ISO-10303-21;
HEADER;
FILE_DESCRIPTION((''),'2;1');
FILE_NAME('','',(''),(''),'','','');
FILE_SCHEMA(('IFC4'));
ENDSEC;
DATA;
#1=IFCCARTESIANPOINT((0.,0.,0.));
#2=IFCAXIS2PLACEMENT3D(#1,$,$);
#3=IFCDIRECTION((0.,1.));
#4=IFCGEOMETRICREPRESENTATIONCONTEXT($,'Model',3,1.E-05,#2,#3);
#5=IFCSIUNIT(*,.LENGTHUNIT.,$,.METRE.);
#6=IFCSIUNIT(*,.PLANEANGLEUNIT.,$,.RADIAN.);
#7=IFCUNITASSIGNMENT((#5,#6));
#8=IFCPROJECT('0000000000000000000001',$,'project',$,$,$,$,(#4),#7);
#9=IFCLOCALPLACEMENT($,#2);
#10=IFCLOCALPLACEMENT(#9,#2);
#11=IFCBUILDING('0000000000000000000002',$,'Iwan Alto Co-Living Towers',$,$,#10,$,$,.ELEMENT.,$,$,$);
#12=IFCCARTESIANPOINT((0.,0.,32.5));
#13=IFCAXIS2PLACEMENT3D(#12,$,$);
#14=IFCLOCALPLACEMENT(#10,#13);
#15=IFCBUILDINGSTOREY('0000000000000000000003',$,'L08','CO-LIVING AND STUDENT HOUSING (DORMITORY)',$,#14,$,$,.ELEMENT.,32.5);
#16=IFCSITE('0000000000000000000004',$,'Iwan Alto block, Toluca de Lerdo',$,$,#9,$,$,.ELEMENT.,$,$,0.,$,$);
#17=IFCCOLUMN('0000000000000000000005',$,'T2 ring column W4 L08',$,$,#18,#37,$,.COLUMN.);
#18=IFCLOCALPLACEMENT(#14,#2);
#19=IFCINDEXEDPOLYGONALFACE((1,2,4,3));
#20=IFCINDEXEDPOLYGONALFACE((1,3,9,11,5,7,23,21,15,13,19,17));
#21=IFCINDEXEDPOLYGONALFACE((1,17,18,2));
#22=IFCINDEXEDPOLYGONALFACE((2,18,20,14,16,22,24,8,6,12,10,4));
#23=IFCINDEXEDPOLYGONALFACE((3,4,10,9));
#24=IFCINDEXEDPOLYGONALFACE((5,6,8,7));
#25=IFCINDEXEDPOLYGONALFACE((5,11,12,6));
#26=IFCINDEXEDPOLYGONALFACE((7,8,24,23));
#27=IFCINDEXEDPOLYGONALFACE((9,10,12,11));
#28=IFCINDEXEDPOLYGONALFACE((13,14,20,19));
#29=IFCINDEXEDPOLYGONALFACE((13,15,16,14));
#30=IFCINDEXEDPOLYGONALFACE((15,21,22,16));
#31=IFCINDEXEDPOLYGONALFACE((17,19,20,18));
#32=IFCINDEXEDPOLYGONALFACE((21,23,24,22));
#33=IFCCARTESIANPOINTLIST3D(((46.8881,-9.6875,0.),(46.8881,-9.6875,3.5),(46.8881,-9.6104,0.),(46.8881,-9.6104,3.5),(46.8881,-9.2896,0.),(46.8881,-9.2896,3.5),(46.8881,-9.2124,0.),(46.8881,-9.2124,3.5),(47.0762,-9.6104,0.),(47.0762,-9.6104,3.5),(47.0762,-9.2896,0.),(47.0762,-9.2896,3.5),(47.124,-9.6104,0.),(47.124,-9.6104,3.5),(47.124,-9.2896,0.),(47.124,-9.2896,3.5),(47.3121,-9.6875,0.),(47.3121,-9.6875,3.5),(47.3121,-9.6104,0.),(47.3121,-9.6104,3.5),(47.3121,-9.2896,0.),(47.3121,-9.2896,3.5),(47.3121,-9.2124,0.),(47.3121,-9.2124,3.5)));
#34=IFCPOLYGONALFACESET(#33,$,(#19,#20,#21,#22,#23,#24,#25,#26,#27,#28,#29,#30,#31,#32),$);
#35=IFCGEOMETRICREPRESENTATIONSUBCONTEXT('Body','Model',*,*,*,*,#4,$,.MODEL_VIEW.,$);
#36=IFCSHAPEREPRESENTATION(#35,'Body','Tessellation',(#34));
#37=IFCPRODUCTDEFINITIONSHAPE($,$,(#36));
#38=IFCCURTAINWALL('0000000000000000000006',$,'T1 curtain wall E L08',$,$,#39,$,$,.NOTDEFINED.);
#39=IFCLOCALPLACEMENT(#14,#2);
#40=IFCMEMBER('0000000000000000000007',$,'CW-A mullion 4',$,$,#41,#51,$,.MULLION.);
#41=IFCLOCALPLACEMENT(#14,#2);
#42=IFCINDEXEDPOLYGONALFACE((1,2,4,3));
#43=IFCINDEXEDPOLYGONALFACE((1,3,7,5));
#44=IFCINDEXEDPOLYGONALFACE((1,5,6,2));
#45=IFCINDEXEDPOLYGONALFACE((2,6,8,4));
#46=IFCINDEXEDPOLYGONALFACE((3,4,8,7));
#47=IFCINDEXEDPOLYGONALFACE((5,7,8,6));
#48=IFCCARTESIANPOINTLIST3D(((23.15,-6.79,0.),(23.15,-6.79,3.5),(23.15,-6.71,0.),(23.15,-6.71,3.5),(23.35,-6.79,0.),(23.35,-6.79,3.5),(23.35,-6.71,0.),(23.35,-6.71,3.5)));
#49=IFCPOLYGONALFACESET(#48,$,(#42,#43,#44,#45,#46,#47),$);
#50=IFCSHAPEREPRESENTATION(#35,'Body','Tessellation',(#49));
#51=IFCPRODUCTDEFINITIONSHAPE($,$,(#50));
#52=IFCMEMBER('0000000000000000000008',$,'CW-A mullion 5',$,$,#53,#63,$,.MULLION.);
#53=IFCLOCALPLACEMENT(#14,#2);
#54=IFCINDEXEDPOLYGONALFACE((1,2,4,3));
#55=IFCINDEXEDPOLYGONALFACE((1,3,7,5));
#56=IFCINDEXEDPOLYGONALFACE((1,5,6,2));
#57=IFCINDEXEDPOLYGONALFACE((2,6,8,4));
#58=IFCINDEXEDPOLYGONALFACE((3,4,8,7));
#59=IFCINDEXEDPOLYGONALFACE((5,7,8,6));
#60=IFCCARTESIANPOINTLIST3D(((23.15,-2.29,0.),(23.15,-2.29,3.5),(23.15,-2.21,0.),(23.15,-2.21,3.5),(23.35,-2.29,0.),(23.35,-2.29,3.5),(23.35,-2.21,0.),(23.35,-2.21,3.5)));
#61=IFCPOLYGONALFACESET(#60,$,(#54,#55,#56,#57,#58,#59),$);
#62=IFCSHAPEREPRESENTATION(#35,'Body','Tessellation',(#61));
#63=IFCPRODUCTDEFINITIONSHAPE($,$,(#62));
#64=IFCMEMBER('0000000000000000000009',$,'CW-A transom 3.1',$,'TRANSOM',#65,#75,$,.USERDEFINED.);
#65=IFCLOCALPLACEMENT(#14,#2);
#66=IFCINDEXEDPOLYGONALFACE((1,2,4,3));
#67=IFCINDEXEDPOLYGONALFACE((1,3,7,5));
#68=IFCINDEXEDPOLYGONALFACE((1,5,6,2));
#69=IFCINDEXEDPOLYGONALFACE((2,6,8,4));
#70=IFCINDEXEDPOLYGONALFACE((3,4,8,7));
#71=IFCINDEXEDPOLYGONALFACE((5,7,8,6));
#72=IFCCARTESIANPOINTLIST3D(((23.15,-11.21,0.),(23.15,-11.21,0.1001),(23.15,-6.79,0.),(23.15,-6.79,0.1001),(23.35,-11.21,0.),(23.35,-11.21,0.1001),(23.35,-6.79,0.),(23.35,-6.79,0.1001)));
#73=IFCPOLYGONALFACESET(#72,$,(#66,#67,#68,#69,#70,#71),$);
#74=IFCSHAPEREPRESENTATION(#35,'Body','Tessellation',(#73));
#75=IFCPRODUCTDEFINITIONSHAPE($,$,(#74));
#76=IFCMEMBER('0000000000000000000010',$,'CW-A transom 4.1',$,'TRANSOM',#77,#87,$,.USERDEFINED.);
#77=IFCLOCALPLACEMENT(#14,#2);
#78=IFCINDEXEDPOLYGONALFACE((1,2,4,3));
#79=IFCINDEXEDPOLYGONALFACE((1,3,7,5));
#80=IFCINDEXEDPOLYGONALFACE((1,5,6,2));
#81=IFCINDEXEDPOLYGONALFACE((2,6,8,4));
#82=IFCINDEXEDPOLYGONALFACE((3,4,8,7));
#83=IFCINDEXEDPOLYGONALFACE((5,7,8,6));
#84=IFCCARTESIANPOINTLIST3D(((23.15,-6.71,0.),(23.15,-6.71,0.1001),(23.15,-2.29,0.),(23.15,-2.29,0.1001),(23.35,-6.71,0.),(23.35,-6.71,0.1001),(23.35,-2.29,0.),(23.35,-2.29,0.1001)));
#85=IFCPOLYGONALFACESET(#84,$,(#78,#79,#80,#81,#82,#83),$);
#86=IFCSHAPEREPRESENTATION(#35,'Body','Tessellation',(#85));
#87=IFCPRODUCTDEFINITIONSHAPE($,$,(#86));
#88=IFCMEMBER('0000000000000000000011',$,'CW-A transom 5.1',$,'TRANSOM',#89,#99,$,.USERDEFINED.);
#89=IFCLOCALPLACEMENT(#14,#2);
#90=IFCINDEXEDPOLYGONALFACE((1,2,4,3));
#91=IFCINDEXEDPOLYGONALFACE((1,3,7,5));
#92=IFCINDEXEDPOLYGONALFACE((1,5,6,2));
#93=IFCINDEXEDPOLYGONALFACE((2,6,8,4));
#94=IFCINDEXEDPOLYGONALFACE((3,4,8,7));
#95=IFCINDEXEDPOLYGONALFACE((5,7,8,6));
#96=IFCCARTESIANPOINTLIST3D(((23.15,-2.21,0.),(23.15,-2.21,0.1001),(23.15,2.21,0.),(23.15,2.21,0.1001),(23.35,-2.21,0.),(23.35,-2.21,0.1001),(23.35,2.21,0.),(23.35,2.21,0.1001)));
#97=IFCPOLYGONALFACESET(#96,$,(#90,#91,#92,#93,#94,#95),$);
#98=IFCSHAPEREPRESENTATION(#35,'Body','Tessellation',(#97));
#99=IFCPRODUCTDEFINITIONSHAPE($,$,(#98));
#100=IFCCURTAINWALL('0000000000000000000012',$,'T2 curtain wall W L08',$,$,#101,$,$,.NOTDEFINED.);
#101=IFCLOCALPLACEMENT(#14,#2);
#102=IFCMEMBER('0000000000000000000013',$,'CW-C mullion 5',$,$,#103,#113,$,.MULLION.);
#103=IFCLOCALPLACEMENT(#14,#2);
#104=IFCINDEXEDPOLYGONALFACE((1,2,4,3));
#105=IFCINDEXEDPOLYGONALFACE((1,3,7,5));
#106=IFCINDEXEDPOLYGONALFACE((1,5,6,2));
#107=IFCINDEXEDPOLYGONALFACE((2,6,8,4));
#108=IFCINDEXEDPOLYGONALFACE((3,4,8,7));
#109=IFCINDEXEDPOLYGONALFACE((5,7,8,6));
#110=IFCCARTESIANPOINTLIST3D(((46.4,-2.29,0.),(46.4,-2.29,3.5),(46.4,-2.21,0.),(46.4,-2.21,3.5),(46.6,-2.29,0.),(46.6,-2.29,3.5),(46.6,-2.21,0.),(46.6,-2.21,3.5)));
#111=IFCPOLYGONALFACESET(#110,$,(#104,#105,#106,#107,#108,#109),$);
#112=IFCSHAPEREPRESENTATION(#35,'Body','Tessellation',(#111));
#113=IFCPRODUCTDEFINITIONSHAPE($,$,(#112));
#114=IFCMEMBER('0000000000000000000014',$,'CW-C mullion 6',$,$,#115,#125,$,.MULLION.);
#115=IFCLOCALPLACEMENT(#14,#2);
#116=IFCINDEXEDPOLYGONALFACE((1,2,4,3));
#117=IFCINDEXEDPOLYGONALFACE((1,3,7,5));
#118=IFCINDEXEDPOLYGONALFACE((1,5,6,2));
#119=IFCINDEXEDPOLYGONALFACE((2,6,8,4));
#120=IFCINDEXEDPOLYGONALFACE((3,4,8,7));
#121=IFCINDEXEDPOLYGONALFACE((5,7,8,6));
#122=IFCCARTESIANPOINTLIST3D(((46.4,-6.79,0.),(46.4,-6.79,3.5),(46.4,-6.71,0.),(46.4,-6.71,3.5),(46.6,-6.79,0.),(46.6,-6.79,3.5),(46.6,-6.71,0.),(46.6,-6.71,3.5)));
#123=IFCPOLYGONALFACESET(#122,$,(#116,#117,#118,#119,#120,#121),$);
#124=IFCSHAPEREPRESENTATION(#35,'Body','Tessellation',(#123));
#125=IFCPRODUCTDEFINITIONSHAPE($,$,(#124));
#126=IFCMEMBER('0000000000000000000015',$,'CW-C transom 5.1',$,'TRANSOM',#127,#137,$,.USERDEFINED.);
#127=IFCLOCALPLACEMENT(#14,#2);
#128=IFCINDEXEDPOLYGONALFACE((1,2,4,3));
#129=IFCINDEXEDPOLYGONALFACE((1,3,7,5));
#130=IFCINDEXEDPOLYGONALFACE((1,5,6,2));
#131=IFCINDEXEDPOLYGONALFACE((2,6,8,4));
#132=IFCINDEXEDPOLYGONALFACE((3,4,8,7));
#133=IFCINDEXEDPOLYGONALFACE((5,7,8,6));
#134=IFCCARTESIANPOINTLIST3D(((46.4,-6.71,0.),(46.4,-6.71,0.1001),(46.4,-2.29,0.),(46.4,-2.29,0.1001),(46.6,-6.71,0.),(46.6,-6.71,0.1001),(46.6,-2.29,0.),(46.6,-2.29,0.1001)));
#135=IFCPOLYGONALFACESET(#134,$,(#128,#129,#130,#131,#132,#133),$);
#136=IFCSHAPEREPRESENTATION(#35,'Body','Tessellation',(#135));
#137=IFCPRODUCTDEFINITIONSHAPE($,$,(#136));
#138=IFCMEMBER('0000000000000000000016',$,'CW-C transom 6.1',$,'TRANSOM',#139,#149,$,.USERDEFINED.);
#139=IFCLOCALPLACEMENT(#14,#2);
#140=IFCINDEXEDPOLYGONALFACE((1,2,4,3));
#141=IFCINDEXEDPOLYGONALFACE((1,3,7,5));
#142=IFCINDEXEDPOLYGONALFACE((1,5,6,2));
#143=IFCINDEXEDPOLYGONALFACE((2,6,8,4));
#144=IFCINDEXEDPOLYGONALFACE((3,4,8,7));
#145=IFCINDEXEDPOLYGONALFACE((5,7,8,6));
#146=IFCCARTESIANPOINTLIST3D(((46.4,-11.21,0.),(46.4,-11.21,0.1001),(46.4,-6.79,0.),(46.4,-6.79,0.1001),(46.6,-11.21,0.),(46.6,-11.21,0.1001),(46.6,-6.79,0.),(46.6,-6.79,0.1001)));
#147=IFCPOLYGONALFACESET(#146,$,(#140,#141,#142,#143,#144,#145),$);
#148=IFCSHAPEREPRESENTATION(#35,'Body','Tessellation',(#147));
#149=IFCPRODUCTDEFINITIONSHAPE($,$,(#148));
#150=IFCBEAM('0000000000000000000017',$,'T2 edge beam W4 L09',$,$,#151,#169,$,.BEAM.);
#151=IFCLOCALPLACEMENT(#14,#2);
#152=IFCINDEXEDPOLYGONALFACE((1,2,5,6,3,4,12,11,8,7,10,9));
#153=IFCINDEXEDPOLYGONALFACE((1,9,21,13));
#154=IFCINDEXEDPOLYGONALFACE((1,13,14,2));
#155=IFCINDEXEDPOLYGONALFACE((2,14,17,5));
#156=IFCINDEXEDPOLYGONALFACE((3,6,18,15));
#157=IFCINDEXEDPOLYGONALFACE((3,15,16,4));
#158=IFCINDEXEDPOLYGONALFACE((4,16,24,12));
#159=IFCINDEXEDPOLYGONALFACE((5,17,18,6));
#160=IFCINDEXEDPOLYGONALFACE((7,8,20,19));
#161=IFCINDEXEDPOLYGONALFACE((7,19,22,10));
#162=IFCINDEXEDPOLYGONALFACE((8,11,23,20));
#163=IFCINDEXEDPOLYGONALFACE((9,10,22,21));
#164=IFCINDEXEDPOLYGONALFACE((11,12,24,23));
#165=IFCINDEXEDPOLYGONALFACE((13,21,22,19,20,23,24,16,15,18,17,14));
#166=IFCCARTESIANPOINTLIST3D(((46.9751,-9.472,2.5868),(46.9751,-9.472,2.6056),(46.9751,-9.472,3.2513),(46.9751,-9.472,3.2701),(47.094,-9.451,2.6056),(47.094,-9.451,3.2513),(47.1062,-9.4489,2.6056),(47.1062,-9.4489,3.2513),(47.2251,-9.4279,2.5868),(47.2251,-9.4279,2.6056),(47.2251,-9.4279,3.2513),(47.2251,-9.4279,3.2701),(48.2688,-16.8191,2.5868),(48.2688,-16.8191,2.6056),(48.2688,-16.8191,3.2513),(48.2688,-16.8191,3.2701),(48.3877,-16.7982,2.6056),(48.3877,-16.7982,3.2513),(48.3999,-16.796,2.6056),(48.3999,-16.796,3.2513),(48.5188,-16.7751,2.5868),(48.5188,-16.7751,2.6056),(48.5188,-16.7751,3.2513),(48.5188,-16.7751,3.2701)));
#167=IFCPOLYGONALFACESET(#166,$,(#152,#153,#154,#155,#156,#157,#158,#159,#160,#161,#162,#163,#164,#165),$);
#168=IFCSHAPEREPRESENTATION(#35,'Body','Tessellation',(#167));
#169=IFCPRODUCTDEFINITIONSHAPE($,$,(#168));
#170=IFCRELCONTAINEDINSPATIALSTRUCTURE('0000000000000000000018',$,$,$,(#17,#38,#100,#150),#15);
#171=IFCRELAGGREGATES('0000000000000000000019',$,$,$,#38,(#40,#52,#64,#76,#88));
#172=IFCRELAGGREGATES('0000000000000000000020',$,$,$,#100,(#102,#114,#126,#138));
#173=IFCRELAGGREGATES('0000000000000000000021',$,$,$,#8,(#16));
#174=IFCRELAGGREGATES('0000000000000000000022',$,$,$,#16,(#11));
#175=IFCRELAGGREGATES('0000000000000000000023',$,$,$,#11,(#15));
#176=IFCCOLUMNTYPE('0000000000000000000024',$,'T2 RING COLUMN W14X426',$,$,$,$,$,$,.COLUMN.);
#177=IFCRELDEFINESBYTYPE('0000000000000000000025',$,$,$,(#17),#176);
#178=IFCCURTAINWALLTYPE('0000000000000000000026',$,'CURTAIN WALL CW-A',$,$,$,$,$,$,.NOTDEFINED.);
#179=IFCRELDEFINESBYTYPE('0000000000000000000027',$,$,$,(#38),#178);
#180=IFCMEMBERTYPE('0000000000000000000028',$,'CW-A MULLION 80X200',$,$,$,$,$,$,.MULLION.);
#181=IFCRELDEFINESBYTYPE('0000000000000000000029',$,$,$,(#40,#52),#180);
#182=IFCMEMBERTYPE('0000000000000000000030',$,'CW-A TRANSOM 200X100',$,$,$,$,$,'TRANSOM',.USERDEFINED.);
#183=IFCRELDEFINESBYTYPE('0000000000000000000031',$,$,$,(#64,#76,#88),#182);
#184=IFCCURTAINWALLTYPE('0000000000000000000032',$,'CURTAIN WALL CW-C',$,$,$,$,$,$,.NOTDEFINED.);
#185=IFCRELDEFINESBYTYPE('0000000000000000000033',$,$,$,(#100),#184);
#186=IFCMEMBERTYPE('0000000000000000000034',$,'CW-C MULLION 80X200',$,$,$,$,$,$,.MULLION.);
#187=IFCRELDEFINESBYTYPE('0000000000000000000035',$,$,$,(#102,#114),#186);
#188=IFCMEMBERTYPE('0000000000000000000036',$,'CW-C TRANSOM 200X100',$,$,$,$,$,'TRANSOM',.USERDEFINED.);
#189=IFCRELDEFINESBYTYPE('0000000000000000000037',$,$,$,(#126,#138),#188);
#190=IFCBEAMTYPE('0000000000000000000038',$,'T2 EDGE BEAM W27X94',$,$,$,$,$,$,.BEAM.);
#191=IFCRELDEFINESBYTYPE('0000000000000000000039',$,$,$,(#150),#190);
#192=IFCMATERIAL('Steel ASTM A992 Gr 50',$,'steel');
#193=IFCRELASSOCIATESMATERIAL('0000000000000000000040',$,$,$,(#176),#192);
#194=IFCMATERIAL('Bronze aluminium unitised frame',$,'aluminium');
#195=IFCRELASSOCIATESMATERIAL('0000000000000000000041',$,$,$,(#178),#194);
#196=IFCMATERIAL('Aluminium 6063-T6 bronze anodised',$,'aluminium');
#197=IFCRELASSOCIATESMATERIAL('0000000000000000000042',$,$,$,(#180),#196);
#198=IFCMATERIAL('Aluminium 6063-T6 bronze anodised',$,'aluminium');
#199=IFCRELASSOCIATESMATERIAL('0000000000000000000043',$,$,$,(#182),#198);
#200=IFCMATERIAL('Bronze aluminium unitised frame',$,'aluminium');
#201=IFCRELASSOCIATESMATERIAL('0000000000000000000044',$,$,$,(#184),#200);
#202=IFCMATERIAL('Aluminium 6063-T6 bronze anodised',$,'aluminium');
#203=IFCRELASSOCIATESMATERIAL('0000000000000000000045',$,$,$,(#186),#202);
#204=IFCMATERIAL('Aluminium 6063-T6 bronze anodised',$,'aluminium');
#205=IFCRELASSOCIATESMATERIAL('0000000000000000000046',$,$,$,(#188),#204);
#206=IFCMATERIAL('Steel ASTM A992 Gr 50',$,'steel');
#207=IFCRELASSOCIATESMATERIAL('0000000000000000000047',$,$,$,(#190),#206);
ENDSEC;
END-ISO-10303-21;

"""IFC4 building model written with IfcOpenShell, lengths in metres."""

from ifc_helpers import new_model, si_unit, direction, frame, origin, origin_2d, place, context, subcontext, project, spatial, rectangle, i_section, extrude, material, material_profile, profile_set, type_object, element, aggregate, save


model = new_model("IFC4")

# Units and contexts
model_context = context("Model", 3, precision=1e-05, world=origin(), true_north=direction((0.0, 1.0)))
body_context = subcontext(model_context, "Body", "Model", "MODEL_VIEW")
ifc_project = project(units=[si_unit("LENGTHUNIT", "METRE"), si_unit("PLANEANGLEUNIT", "RADIAN")], contexts=[model_context])

# Site, building, storey
site_placement = place(None, origin())
site = spatial("IfcSite", under=ifc_project, at=site_placement, Name="Iwan Alto block, Toluca de Lerdo", CompositionType="ELEMENT", RefElevation=0.0)
building_placement = place(site_placement, origin())
building = spatial("IfcBuilding", under=site, at=building_placement, Name="Iwan Alto Co-Living Towers", CompositionType="ELEMENT")
storey_placement = place(building_placement, frame((0.0, 0.0, 32.5)))
storey = spatial("IfcBuildingStorey", under=building, at=storey_placement, Name="L08", Description="CO-LIVING AND STUDENT HOUSING (DORMITORY)", CompositionType="ELEMENT", Elevation=32.5)

# Column
ifc_material_1 = material(Name="Steel ASTM A992 Gr 50", Category="steel")
ifc_material_profile_1 = material_profile(ifc_material_1, i_section(OverallWidth=0.4241, OverallDepth=0.4751, WebThickness=0.0479, FlangeThickness=0.0771, at=origin_2d()), Name="W14X426")
ifc_profile_set_1 = profile_set([ifc_material_profile_1], Name="Steel ASTM A992 Gr 50")
column_type = type_object("IfcColumnType", Name="T2 RING COLUMN W14X426", PredefinedType="COLUMN", material=ifc_profile_set_1)
column_placement = place(storey_placement, frame((47.1001, -9.45, 0.0), z_axis=(0.0, 0.0, 1.0), x_axis=(1.0, 0.0, 0.0)))
element("IfcColumn", 1, at=column_placement, inside=storey, type_object=column_type, Name="T2 ring column W4 L08", PredefinedType="COLUMN", context=body_context, shape_type="SweptSolid", body=[
    extrude(i_section(OverallWidth=0.4241, OverallDepth=0.4751, WebThickness=0.0479, FlangeThickness=0.0771, at=origin_2d()), origin(), (0.0, 0.0, 1.0), 3.5),
])

# Curtain walls, members
ifc_material_2 = material(Name="Bronze aluminium unitised frame", Category="aluminium")
curtain_wall_type_1 = type_object("IfcCurtainWallType", Name="CURTAIN WALL CW-A", PredefinedType="NOTDEFINED", material=ifc_material_2)
curtain_wall_1_placement = place(storey_placement, origin())
curtain_wall_1 = element("IfcCurtainWall", 2, at=curtain_wall_1_placement, inside=storey, type_object=curtain_wall_type_1, Name="T1 curtain wall E L08", PredefinedType="NOTDEFINED")
ifc_material_3 = material(Name="Aluminium 6063-T6 bronze anodised", Category="aluminium")
ifc_material_profile_2 = material_profile(ifc_material_3, rectangle(XDim=0.2, YDim=0.0801, at=origin_2d()), Name="AL 80X200")
ifc_profile_set_2 = profile_set([ifc_material_profile_2], Name="Aluminium 6063-T6 bronze anodised")
member_type_1 = type_object("IfcMemberType", Name="CW-A MULLION 80X200", PredefinedType="MULLION", material=ifc_profile_set_2)
member_1_placement = place(storey_placement, frame((23.25, -6.75, 0.0), z_axis=(0.0, 0.0, 1.0), x_axis=(-1.0, 0.0, 0.0)))
member_1 = element("IfcMember", 3, at=member_1_placement, type_object=member_type_1, Name="CW-A mullion 4", PredefinedType="MULLION", context=body_context, shape_type="SweptSolid", body=[
    extrude(rectangle(XDim=0.2, YDim=0.0801, at=origin_2d()), origin(), (0.0, 0.0, 1.0), 3.5),
])
member_2_placement = place(storey_placement, frame((23.25, -2.25, 0.0), z_axis=(0.0, 0.0, 1.0), x_axis=(-1.0, 0.0, 0.0)))
member_2 = element("IfcMember", 4, at=member_2_placement, type_object=member_type_1, Name="CW-A mullion 5", PredefinedType="MULLION", context=body_context, shape_type="SweptSolid", body=[
    extrude(rectangle(XDim=0.2, YDim=0.0801, at=origin_2d()), origin(), (0.0, 0.0, 1.0), 3.5),
])
ifc_material_4 = material(Name="Aluminium 6063-T6 bronze anodised", Category="aluminium")
ifc_material_profile_3 = material_profile(ifc_material_4, rectangle(XDim=0.2, YDim=0.1001, at=origin_2d()), Name="AL 200X100")
ifc_profile_set_3 = profile_set([ifc_material_profile_3], Name="Aluminium 6063-T6 bronze anodised")
member_type_2 = type_object("IfcMemberType", Name="CW-A TRANSOM 200X100", ElementType="TRANSOM", PredefinedType="USERDEFINED", material=ifc_profile_set_3)
member_3_placement = place(storey_placement, frame((23.25, -11.21, 0.05), z_axis=(0.0, 1.0, 0.0), x_axis=(-1.0, 0.0, 0.0)))
member_3 = element("IfcMember", 5, at=member_3_placement, type_object=member_type_2, Name="CW-A transom 3.1", ObjectType="TRANSOM", PredefinedType="USERDEFINED", context=body_context, shape_type="SweptSolid", body=[
    extrude(rectangle(XDim=0.2, YDim=0.1001, at=origin_2d()), origin(), (0.0, 0.0, 1.0), 4.4199),
])
member_4_placement = place(storey_placement, frame((23.25, -6.71, 0.05), z_axis=(0.0, 1.0, 0.0), x_axis=(-1.0, 0.0, 0.0)))
member_4 = element("IfcMember", 6, at=member_4_placement, type_object=member_type_2, Name="CW-A transom 4.1", ObjectType="TRANSOM", PredefinedType="USERDEFINED", context=body_context, shape_type="SweptSolid", body=[
    extrude(rectangle(XDim=0.2, YDim=0.1001, at=origin_2d()), origin(), (0.0, 0.0, 1.0), 4.4199),
])
member_5_placement = place(storey_placement, frame((23.25, -2.21, 0.05), z_axis=(0.0, 1.0, 0.0), x_axis=(-1.0, 0.0, 0.0)))
member_5 = element("IfcMember", 7, at=member_5_placement, type_object=member_type_2, Name="CW-A transom 5.1", ObjectType="TRANSOM", PredefinedType="USERDEFINED", context=body_context, shape_type="SweptSolid", body=[
    extrude(rectangle(XDim=0.2, YDim=0.1001, at=origin_2d()), origin(), (0.0, 0.0, 1.0), 4.4199),
])
ifc_material_5 = material(Name="Bronze aluminium unitised frame", Category="aluminium")
curtain_wall_type_2 = type_object("IfcCurtainWallType", Name="CURTAIN WALL CW-C", PredefinedType="NOTDEFINED", material=ifc_material_5)
curtain_wall_2_placement = place(storey_placement, origin())
curtain_wall_2 = element("IfcCurtainWall", 8, at=curtain_wall_2_placement, inside=storey, type_object=curtain_wall_type_2, Name="T2 curtain wall W L08", PredefinedType="NOTDEFINED")
ifc_material_6 = material(Name="Aluminium 6063-T6 bronze anodised", Category="aluminium")
ifc_material_profile_4 = material_profile(ifc_material_6, rectangle(XDim=0.2, YDim=0.0801, at=origin_2d()), Name="AL 80X200")
ifc_profile_set_4 = profile_set([ifc_material_profile_4], Name="Aluminium 6063-T6 bronze anodised")
member_type_3 = type_object("IfcMemberType", Name="CW-C MULLION 80X200", PredefinedType="MULLION", material=ifc_profile_set_4)
member_6_placement = place(storey_placement, frame((46.5, -2.25, 0.0), z_axis=(0.0, 0.0, 1.0), x_axis=(1.0, 0.0, 0.0)))
member_6 = element("IfcMember", 9, at=member_6_placement, type_object=member_type_3, Name="CW-C mullion 5", PredefinedType="MULLION", context=body_context, shape_type="SweptSolid", body=[
    extrude(rectangle(XDim=0.2, YDim=0.0801, at=origin_2d()), origin(), (0.0, 0.0, 1.0), 3.5),
])
member_7_placement = place(storey_placement, frame((46.5, -6.75, 0.0), z_axis=(0.0, 0.0, 1.0), x_axis=(1.0, 0.0, 0.0)))
member_7 = element("IfcMember", 10, at=member_7_placement, type_object=member_type_3, Name="CW-C mullion 6", PredefinedType="MULLION", context=body_context, shape_type="SweptSolid", body=[
    extrude(rectangle(XDim=0.2, YDim=0.0801, at=origin_2d()), origin(), (0.0, 0.0, 1.0), 3.5),
])
ifc_material_7 = material(Name="Aluminium 6063-T6 bronze anodised", Category="aluminium")
ifc_material_profile_5 = material_profile(ifc_material_7, rectangle(XDim=0.2, YDim=0.1001, at=origin_2d()), Name="AL 200X100")
ifc_profile_set_5 = profile_set([ifc_material_profile_5], Name="Aluminium 6063-T6 bronze anodised")
member_type_4 = type_object("IfcMemberType", Name="CW-C TRANSOM 200X100", ElementType="TRANSOM", PredefinedType="USERDEFINED", material=ifc_profile_set_5)
member_8_placement = place(storey_placement, frame((46.5, -2.29, 0.05), z_axis=(0.0, -1.0, 0.0), x_axis=(1.0, 0.0, 0.0)))
member_8 = element("IfcMember", 11, at=member_8_placement, type_object=member_type_4, Name="CW-C transom 5.1", ObjectType="TRANSOM", PredefinedType="USERDEFINED", context=body_context, shape_type="SweptSolid", body=[
    extrude(rectangle(XDim=0.2, YDim=0.1001, at=origin_2d()), origin(), (0.0, 0.0, 1.0), 4.4199),
])
member_9_placement = place(storey_placement, frame((46.5, -6.79, 0.05), z_axis=(0.0, -1.0, 0.0), x_axis=(1.0, 0.0, 0.0)))
member_9 = element("IfcMember", 12, at=member_9_placement, type_object=member_type_4, Name="CW-C transom 6.1", ObjectType="TRANSOM", PredefinedType="USERDEFINED", context=body_context, shape_type="SweptSolid", body=[
    extrude(rectangle(XDim=0.2, YDim=0.1001, at=origin_2d()), origin(), (0.0, 0.0, 1.0), 4.4199),
])

# Beam
ifc_material_8 = material(Name="Steel ASTM A992 Gr 50", Category="steel")
ifc_material_profile_6 = material_profile(ifc_material_8, i_section(OverallWidth=0.2539, OverallDepth=0.6833, WebThickness=0.0125, FlangeThickness=0.0188, at=origin_2d()), Name="W27X94")
ifc_profile_set_6 = profile_set([ifc_material_profile_6], Name="Steel ASTM A992 Gr 50")
beam_type_1 = type_object("IfcBeamType", Name="T2 EDGE BEAM W27X94", PredefinedType="BEAM", material=ifc_profile_set_6)
beam_1_placement = place(storey_placement, frame((47.1001, -9.45, 2.9285), z_axis=(0.173414, -0.984849, 0.0), x_axis=(0.984849, 0.173414, 0.0)))
element("IfcBeam", 13, at=beam_1_placement, inside=storey, type_object=beam_type_1, Name="T2 edge beam W4 L09", PredefinedType="BEAM", context=body_context, shape_type="SweptSolid", body=[
    extrude(i_section(OverallWidth=0.2539, OverallDepth=0.6833, WebThickness=0.0125, FlangeThickness=0.0188, at=origin_2d()), origin(), (0.0, 0.0, 1.0), 7.4602),
])

aggregate(curtain_wall_1, [member_1, member_2, member_3, member_4, member_5])
aggregate(curtain_wall_2, [member_6, member_7, member_8, member_9])

save(model, "model.ifc")
